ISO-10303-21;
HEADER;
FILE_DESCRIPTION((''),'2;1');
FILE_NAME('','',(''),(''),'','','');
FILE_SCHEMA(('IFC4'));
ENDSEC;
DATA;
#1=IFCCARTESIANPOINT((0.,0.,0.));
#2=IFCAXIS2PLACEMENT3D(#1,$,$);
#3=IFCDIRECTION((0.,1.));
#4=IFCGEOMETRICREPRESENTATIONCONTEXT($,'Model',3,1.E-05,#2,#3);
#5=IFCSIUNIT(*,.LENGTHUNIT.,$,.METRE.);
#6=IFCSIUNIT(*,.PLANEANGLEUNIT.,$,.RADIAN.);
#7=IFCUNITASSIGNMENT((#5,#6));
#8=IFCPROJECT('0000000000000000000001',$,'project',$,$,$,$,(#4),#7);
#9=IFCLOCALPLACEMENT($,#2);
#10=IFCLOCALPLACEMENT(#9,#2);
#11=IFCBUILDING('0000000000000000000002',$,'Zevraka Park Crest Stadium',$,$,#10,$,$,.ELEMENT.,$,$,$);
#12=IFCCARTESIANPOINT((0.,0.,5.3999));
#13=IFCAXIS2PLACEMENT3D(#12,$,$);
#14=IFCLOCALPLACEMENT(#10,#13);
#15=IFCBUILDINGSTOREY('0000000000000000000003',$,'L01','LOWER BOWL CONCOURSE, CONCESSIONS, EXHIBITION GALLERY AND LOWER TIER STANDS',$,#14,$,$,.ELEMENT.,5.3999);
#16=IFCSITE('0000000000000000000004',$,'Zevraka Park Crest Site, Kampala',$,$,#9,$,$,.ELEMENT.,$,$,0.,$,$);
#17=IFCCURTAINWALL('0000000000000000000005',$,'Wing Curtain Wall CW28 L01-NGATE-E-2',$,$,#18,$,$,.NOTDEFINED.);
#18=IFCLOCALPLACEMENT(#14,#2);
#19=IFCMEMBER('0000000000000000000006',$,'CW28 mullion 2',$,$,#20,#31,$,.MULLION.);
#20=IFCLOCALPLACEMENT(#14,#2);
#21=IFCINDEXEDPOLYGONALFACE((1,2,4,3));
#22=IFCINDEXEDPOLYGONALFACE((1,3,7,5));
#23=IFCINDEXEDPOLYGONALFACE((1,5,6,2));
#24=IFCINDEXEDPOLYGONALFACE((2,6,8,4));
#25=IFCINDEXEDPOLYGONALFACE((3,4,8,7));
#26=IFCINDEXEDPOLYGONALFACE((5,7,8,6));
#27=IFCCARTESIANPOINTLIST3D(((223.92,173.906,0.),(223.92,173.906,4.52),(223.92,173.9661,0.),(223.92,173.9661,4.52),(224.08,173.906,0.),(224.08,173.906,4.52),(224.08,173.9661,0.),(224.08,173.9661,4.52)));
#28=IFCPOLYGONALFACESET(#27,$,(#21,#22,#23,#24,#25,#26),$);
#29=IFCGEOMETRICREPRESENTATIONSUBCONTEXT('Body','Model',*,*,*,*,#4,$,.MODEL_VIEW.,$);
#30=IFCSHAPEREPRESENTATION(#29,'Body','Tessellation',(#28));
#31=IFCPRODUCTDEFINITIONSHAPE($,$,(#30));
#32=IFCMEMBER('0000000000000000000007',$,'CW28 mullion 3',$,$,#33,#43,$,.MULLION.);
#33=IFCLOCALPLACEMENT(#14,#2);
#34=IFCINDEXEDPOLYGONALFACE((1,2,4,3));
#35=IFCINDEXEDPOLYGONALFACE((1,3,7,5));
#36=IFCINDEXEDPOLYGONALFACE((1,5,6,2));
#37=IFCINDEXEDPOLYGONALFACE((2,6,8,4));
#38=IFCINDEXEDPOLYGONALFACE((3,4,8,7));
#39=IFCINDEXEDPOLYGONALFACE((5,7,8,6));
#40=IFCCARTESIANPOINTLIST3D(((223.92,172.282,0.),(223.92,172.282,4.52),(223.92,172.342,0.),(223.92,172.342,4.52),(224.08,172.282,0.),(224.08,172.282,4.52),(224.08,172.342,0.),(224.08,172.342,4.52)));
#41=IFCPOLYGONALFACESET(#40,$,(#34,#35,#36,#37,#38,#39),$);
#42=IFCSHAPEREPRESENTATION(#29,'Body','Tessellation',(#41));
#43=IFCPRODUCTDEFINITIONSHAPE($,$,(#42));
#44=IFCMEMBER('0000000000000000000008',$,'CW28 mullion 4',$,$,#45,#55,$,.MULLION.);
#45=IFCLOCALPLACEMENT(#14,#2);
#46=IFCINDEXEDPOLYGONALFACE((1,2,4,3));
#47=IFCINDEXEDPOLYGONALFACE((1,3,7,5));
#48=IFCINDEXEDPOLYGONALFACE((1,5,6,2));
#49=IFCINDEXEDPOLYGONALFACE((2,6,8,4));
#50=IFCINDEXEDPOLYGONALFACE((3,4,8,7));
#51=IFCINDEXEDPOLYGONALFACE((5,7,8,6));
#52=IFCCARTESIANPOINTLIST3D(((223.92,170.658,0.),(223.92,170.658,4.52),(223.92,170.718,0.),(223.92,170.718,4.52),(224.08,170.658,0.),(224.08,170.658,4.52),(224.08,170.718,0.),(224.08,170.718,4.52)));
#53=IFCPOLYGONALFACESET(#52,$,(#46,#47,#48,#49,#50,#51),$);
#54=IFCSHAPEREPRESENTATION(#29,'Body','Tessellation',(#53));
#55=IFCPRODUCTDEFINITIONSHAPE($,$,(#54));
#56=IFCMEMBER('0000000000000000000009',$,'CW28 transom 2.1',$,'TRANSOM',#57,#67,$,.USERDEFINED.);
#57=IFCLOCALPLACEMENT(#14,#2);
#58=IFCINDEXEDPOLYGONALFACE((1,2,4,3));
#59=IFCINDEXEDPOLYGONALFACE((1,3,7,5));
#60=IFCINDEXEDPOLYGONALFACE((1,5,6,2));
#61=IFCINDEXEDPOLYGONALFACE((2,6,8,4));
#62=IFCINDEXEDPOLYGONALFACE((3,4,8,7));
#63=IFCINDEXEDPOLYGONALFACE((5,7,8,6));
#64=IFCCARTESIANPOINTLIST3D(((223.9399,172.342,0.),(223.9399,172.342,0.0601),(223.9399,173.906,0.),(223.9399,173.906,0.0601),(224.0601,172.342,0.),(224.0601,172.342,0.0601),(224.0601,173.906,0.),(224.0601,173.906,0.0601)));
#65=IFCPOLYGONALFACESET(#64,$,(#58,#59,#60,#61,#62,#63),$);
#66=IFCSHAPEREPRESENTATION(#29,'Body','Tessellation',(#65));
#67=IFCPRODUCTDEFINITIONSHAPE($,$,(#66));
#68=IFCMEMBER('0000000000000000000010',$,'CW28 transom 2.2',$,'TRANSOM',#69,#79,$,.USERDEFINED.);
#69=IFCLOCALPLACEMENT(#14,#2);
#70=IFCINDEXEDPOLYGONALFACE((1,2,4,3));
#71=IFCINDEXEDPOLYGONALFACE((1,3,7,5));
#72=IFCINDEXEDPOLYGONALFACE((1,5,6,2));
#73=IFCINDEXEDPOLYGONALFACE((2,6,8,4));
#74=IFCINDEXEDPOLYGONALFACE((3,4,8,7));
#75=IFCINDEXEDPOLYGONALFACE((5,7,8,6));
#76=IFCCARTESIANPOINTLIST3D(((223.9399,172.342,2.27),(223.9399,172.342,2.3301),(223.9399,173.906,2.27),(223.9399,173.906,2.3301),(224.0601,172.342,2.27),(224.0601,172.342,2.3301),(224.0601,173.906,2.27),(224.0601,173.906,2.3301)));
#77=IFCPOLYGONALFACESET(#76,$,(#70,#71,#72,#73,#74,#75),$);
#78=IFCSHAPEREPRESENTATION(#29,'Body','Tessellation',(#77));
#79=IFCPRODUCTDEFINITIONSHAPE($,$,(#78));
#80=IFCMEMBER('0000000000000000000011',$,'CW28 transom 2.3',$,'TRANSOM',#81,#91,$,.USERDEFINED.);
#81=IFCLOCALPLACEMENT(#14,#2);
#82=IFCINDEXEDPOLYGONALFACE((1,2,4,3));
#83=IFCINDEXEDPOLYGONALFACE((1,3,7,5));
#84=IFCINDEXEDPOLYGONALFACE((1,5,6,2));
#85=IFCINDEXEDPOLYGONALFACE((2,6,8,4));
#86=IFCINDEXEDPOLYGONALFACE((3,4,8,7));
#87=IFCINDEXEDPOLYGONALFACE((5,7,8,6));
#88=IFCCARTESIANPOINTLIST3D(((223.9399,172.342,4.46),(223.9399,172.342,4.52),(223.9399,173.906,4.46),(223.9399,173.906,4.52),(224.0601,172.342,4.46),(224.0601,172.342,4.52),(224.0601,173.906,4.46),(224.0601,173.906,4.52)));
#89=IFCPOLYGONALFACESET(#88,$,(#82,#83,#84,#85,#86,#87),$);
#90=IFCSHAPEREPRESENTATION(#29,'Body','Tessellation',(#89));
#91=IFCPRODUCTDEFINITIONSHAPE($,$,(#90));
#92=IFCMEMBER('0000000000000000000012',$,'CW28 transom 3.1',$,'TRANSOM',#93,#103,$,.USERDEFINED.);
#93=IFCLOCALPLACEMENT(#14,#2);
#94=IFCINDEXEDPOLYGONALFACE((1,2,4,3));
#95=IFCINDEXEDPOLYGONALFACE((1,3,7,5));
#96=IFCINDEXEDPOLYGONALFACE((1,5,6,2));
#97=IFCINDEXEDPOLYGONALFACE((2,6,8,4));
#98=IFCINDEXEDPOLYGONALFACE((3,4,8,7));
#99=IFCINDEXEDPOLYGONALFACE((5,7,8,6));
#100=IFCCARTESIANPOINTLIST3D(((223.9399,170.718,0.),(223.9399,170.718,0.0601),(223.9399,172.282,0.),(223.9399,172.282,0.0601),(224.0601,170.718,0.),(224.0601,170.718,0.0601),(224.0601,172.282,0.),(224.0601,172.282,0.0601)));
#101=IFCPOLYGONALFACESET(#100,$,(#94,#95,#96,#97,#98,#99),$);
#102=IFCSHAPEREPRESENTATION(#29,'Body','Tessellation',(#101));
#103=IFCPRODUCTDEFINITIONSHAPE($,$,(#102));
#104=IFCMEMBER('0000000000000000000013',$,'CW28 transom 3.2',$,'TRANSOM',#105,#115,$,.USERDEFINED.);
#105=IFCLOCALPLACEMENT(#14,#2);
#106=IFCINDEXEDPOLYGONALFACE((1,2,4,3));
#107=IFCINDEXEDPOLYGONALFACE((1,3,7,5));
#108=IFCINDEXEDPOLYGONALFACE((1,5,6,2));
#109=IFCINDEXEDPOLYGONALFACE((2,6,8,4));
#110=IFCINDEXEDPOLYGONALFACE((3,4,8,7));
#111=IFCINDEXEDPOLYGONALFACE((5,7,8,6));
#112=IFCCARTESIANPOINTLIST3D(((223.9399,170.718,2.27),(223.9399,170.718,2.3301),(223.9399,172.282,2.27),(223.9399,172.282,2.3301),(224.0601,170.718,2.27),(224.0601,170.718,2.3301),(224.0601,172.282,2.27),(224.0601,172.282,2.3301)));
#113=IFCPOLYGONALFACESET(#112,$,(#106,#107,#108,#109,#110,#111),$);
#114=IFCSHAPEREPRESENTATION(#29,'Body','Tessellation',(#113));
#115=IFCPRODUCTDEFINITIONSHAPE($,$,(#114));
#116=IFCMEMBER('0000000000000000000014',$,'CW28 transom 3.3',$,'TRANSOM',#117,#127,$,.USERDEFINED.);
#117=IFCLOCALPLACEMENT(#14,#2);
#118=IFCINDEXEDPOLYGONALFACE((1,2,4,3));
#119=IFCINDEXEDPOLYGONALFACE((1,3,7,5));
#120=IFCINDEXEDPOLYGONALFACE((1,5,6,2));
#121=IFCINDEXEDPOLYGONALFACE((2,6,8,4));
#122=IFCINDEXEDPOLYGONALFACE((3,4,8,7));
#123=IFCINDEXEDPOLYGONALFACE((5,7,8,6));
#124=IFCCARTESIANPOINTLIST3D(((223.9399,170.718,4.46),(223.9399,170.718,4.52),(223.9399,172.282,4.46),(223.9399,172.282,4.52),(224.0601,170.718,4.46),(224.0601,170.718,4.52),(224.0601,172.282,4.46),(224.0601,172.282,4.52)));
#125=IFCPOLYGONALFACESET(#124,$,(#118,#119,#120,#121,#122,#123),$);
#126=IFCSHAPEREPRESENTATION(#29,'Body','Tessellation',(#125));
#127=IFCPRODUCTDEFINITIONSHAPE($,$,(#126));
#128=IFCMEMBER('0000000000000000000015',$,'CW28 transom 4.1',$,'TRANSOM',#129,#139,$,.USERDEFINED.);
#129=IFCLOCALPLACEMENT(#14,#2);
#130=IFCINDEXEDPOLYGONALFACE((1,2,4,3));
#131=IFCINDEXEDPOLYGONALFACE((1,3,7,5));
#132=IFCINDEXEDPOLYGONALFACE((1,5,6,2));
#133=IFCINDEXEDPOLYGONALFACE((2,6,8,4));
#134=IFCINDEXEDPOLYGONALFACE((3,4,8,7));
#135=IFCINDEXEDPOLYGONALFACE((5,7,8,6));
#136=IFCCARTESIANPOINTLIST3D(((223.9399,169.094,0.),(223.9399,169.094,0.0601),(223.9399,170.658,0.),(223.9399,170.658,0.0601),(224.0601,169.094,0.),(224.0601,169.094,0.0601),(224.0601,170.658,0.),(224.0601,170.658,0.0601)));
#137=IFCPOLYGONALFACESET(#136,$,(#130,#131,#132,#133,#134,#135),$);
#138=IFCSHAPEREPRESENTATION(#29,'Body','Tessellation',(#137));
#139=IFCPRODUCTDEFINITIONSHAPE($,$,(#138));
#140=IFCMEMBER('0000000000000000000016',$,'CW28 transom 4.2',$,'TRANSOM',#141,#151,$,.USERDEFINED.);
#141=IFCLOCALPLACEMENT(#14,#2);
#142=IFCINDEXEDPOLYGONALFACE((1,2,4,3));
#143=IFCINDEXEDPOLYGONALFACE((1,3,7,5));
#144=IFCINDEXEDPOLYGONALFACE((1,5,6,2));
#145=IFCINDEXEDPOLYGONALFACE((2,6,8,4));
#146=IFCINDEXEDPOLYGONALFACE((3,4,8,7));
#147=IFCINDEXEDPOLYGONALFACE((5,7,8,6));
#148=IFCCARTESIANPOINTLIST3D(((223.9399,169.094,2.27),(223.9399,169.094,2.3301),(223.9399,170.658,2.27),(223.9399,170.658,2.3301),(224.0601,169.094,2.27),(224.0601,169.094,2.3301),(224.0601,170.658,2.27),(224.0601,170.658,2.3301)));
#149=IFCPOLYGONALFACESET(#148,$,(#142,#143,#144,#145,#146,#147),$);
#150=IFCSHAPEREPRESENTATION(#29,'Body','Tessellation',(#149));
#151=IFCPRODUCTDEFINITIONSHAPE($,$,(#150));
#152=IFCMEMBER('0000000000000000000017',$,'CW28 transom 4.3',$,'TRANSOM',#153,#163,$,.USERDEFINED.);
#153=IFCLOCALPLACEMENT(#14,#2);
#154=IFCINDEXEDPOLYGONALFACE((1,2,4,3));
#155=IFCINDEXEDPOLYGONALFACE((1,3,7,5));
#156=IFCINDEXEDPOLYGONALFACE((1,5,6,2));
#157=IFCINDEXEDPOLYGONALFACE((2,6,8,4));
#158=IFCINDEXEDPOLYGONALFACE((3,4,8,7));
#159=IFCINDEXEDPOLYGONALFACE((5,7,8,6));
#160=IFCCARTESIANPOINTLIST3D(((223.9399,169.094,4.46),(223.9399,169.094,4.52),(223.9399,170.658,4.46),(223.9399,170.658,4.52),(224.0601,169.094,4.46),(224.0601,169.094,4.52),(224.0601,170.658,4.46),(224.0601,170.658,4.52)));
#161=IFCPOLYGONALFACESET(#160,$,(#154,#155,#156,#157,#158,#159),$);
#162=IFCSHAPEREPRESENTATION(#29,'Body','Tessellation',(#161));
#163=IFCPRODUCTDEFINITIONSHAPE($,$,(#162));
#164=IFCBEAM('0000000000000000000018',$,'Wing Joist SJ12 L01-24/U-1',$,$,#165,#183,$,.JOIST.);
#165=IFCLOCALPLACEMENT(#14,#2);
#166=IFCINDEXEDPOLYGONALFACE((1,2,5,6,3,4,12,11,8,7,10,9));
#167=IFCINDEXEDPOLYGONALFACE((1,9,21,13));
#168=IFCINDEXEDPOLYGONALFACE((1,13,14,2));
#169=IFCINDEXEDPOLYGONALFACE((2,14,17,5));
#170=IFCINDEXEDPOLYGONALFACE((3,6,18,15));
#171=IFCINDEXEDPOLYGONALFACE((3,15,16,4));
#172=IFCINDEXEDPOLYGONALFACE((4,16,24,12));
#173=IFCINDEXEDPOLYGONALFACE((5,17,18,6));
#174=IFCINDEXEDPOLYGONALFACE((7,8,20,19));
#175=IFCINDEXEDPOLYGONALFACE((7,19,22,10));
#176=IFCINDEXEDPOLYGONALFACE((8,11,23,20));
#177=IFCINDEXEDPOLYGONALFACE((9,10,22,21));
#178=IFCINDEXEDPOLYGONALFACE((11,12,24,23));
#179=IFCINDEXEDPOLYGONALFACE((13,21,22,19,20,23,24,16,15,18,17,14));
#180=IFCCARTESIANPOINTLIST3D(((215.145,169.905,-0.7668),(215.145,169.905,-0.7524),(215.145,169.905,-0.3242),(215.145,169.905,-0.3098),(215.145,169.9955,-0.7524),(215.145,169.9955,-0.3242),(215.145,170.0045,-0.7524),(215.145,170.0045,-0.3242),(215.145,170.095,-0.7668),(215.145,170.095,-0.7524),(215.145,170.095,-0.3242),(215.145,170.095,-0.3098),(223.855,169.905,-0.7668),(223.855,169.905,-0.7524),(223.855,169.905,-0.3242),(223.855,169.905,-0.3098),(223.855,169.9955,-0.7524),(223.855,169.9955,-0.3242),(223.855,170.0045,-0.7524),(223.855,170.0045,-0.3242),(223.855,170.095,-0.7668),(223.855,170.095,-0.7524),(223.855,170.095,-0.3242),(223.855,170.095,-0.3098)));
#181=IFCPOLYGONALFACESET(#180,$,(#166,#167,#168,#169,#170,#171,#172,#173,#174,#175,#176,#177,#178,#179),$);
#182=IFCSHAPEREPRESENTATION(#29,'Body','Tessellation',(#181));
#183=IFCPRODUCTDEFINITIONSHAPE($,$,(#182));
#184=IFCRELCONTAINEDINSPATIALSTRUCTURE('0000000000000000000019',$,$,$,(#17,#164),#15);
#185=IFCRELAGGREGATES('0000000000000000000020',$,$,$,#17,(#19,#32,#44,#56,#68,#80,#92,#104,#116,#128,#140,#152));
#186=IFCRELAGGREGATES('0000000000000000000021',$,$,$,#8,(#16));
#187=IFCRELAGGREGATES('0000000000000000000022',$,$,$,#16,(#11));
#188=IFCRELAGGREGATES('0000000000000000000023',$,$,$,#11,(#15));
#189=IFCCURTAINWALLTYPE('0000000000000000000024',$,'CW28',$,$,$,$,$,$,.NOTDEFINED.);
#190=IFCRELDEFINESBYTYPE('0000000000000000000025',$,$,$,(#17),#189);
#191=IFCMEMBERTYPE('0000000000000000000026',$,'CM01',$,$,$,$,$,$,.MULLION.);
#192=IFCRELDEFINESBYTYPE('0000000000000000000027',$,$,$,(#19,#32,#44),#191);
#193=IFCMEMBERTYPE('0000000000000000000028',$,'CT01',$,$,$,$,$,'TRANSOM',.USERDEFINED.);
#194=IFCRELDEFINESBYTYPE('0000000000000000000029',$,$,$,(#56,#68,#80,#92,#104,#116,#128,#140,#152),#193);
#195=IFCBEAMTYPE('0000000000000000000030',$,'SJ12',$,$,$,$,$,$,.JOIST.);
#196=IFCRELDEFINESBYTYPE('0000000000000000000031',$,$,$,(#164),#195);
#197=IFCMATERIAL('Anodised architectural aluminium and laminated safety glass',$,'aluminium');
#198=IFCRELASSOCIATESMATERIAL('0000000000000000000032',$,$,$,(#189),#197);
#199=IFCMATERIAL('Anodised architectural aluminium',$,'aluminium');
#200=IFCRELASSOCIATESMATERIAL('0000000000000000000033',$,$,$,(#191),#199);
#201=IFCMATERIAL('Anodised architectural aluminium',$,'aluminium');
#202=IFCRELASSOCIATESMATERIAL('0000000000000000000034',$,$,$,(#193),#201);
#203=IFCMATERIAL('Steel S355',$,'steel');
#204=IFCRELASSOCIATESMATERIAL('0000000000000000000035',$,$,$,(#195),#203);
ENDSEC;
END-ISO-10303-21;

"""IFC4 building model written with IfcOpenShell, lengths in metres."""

from ifc_helpers import new_model, si_unit, direction, frame, origin, origin_2d, place, context, subcontext, project, spatial, rectangle, i_section, extrude, material, material_profile, profile_set, type_object, element, aggregate, save


model = new_model("IFC4")

# Units and contexts
model_context = context("Model", 3, precision=1e-05, world=origin(), true_north=direction((0.0, 1.0)))
body_context = subcontext(model_context, "Body", "Model", "MODEL_VIEW")
ifc_project = project(units=[si_unit("LENGTHUNIT", "METRE"), si_unit("PLANEANGLEUNIT", "RADIAN")], contexts=[model_context])

# Site, building, storey
site_placement = place(None, origin())
site = spatial("IfcSite", under=ifc_project, at=site_placement, Name="Zevraka Park Crest Site, Kampala", CompositionType="ELEMENT", RefElevation=0.0)
building_placement = place(site_placement, origin())
building = spatial("IfcBuilding", under=site, at=building_placement, Name="Zevraka Park Crest Stadium", CompositionType="ELEMENT")
storey_placement = place(building_placement, frame((0.0, 0.0, 5.3999)))
storey = spatial("IfcBuildingStorey", under=building, at=storey_placement, Name="L01", Description="LOWER BOWL CONCOURSE, CONCESSIONS, EXHIBITION GALLERY AND LOWER TIER STANDS", CompositionType="ELEMENT", Elevation=5.3999)

# Curtain wall, members
ifc_material_1 = material(Name="Anodised architectural aluminium and laminated safety glass", Category="aluminium")
curtain_wall_type = type_object("IfcCurtainWallType", Name="CW28", PredefinedType="NOTDEFINED", material=ifc_material_1)
curtain_wall_placement = place(storey_placement, origin())
curtain_wall = element("IfcCurtainWall", 1, at=curtain_wall_placement, inside=storey, type_object=curtain_wall_type, Name="Wing Curtain Wall CW28 L01-NGATE-E-2", PredefinedType="NOTDEFINED")
ifc_material_2 = material(Name="Anodised architectural aluminium", Category="aluminium")
ifc_material_profile_1 = material_profile(ifc_material_2, rectangle(XDim=0.1599, YDim=0.0601, at=origin_2d()), Name="ALU MULLION 160x60")
ifc_profile_set_1 = profile_set([ifc_material_profile_1], Name="Anodised architectural aluminium")
member_type_1 = type_object("IfcMemberType", Name="CM01", PredefinedType="MULLION", material=ifc_profile_set_1)
member_1_placement = place(storey_placement, frame((224.0, 173.936, 0.0), z_axis=(0.0, 0.0, 1.0), x_axis=(1.0, 0.0, 0.0)))
member_1 = element("IfcMember", 2, at=member_1_placement, type_object=member_type_1, Name="CW28 mullion 2", PredefinedType="MULLION", context=body_context, shape_type="SweptSolid", body=[
    extrude(rectangle(XDim=0.1599, YDim=0.0601, at=origin_2d()), origin(), (0.0, 0.0, 1.0), 4.52),
])
member_2_placement = place(storey_placement, frame((224.0, 172.312, 0.0), z_axis=(0.0, 0.0, 1.0), x_axis=(1.0, 0.0, 0.0)))
member_2 = element("IfcMember", 3, at=member_2_placement, type_object=member_type_1, Name="CW28 mullion 3", PredefinedType="MULLION", context=body_context, shape_type="SweptSolid", body=[
    extrude(rectangle(XDim=0.1599, YDim=0.0601, at=origin_2d()), origin(), (0.0, 0.0, 1.0), 4.52),
])
member_3_placement = place(storey_placement, frame((224.0, 170.688, 0.0), z_axis=(0.0, 0.0, 1.0), x_axis=(1.0, 0.0, 0.0)))
member_3 = element("IfcMember", 4, at=member_3_placement, type_object=member_type_1, Name="CW28 mullion 4", PredefinedType="MULLION", context=body_context, shape_type="SweptSolid", body=[
    extrude(rectangle(XDim=0.1599, YDim=0.0601, at=origin_2d()), origin(), (0.0, 0.0, 1.0), 4.52),
])
ifc_material_3 = material(Name="Anodised architectural aluminium", Category="aluminium")
ifc_material_profile_2 = material_profile(ifc_material_3, rectangle(XDim=0.1201, YDim=0.0601, at=origin_2d()), Name="ALU TRANSOM 120x60")
ifc_profile_set_2 = profile_set([ifc_material_profile_2], Name="Anodised architectural aluminium")
member_type_2 = type_object("IfcMemberType", Name="CT01", ElementType="TRANSOM", PredefinedType="USERDEFINED", material=ifc_profile_set_2)
member_4_placement = place(storey_placement, frame((224.0, 173.906, 0.03), z_axis=(0.0, -1.0, 0.0), x_axis=(1.0, 0.0, 0.0)))
member_4 = element("IfcMember", 5, at=member_4_placement, type_object=member_type_2, Name="CW28 transom 2.1", ObjectType="TRANSOM", PredefinedType="USERDEFINED", context=body_context, shape_type="SweptSolid", body=[
    extrude(rectangle(XDim=0.1201, YDim=0.0601, at=origin_2d()), origin(), (0.0, 0.0, 1.0), 1.564),
])
member_5_placement = place(storey_placement, frame((224.0, 173.906, 2.3), z_axis=(0.0, -1.0, 0.0), x_axis=(1.0, 0.0, 0.0)))
member_5 = element("IfcMember", 6, at=member_5_placement, type_object=member_type_2, Name="CW28 transom 2.2", ObjectType="TRANSOM", PredefinedType="USERDEFINED", context=body_context, shape_type="SweptSolid", body=[
    extrude(rectangle(XDim=0.1201, YDim=0.0601, at=origin_2d()), origin(), (0.0, 0.0, 1.0), 1.564),
])
member_6_placement = place(storey_placement, frame((224.0, 173.906, 4.49), z_axis=(0.0, -1.0, 0.0), x_axis=(1.0, 0.0, 0.0)))
member_6 = element("IfcMember", 7, at=member_6_placement, type_object=member_type_2, Name="CW28 transom 2.3", ObjectType="TRANSOM", PredefinedType="USERDEFINED", context=body_context, shape_type="SweptSolid", body=[
    extrude(rectangle(XDim=0.1201, YDim=0.0601, at=origin_2d()), origin(), (0.0, 0.0, 1.0), 1.564),
])
member_7_placement = place(storey_placement, frame((224.0, 172.282, 0.03), z_axis=(0.0, -1.0, 0.0), x_axis=(1.0, 0.0, 0.0)))
member_7 = element("IfcMember", 8, at=member_7_placement, type_object=member_type_2, Name="CW28 transom 3.1", ObjectType="TRANSOM", PredefinedType="USERDEFINED", context=body_context, shape_type="SweptSolid", body=[
    extrude(rectangle(XDim=0.1201, YDim=0.0601, at=origin_2d()), origin(), (0.0, 0.0, 1.0), 1.564),
])
member_8_placement = place(storey_placement, frame((224.0, 172.282, 2.3), z_axis=(0.0, -1.0, 0.0), x_axis=(1.0, 0.0, 0.0)))
member_8 = element("IfcMember", 9, at=member_8_placement, type_object=member_type_2, Name="CW28 transom 3.2", ObjectType="TRANSOM", PredefinedType="USERDEFINED", context=body_context, shape_type="SweptSolid", body=[
    extrude(rectangle(XDim=0.1201, YDim=0.0601, at=origin_2d()), origin(), (0.0, 0.0, 1.0), 1.564),
])
member_9_placement = place(storey_placement, frame((224.0, 172.282, 4.49), z_axis=(0.0, -1.0, 0.0), x_axis=(1.0, 0.0, 0.0)))
member_9 = element("IfcMember", 10, at=member_9_placement, type_object=member_type_2, Name="CW28 transom 3.3", ObjectType="TRANSOM", PredefinedType="USERDEFINED", context=body_context, shape_type="SweptSolid", body=[
    extrude(rectangle(XDim=0.1201, YDim=0.0601, at=origin_2d()), origin(), (0.0, 0.0, 1.0), 1.564),
])
member_10_placement = place(storey_placement, frame((224.0, 170.658, 0.03), z_axis=(0.0, -1.0, 0.0), x_axis=(1.0, 0.0, 0.0)))
member_10 = element("IfcMember", 11, at=member_10_placement, type_object=member_type_2, Name="CW28 transom 4.1", ObjectType="TRANSOM", PredefinedType="USERDEFINED", context=body_context, shape_type="SweptSolid", body=[
    extrude(rectangle(XDim=0.1201, YDim=0.0601, at=origin_2d()), origin(), (0.0, 0.0, 1.0), 1.564),
])
member_11_placement = place(storey_placement, frame((224.0, 170.658, 2.3), z_axis=(0.0, -1.0, 0.0), x_axis=(1.0, 0.0, 0.0)))
member_11 = element("IfcMember", 12, at=member_11_placement, type_object=member_type_2, Name="CW28 transom 4.2", ObjectType="TRANSOM", PredefinedType="USERDEFINED", context=body_context, shape_type="SweptSolid", body=[
    extrude(rectangle(XDim=0.1201, YDim=0.0601, at=origin_2d()), origin(), (0.0, 0.0, 1.0), 1.564),
])
member_12_placement = place(storey_placement, frame((224.0, 170.658, 4.49), z_axis=(0.0, -1.0, 0.0), x_axis=(1.0, 0.0, 0.0)))
member_12 = element("IfcMember", 13, at=member_12_placement, type_object=member_type_2, Name="CW28 transom 4.3", ObjectType="TRANSOM", PredefinedType="USERDEFINED", context=body_context, shape_type="SweptSolid", body=[
    extrude(rectangle(XDim=0.1201, YDim=0.0601, at=origin_2d()), origin(), (0.0, 0.0, 1.0), 1.564),
])

# Beam
ifc_material_4 = material(Name="Steel S355", Category="steel")
ifc_material_profile_3 = material_profile(ifc_material_4, i_section(OverallWidth=0.1899, OverallDepth=0.457, WebThickness=0.009, FlangeThickness=0.0144, at=origin_2d()), Name="UKB 457x191x74")
ifc_profile_set_3 = profile_set([ifc_material_profile_3], Name="Steel S355")
beam_type = type_object("IfcBeamType", Name="SJ12", PredefinedType="JOIST", material=ifc_profile_set_3)
for number, where, z_axis, x_axis, name in (
    (14, (215.145, 170.0, -0.5383), (1.0, 0.0, 0.0), (0.0, 1.0, 0.0), "Wing Joist SJ12 L01-24/U-1"),
):
    element("IfcBeam", number, at=place(storey_placement, frame(where, z_axis=z_axis, x_axis=x_axis)), inside=storey, type_object=beam_type, Name=name, PredefinedType="JOIST", context=body_context, shape_type="SweptSolid", body=[
        extrude(i_section(OverallWidth=0.1899, OverallDepth=0.457, WebThickness=0.009, FlangeThickness=0.0144, at=origin_2d()), origin(), (0.0, 0.0, 1.0), 8.71),
    ])

aggregate(curtain_wall, [member_1, member_2, member_3, member_4, member_5, member_6, member_7, member_8, member_9, member_10, member_11, member_12])

save(model, "model.ifc")
